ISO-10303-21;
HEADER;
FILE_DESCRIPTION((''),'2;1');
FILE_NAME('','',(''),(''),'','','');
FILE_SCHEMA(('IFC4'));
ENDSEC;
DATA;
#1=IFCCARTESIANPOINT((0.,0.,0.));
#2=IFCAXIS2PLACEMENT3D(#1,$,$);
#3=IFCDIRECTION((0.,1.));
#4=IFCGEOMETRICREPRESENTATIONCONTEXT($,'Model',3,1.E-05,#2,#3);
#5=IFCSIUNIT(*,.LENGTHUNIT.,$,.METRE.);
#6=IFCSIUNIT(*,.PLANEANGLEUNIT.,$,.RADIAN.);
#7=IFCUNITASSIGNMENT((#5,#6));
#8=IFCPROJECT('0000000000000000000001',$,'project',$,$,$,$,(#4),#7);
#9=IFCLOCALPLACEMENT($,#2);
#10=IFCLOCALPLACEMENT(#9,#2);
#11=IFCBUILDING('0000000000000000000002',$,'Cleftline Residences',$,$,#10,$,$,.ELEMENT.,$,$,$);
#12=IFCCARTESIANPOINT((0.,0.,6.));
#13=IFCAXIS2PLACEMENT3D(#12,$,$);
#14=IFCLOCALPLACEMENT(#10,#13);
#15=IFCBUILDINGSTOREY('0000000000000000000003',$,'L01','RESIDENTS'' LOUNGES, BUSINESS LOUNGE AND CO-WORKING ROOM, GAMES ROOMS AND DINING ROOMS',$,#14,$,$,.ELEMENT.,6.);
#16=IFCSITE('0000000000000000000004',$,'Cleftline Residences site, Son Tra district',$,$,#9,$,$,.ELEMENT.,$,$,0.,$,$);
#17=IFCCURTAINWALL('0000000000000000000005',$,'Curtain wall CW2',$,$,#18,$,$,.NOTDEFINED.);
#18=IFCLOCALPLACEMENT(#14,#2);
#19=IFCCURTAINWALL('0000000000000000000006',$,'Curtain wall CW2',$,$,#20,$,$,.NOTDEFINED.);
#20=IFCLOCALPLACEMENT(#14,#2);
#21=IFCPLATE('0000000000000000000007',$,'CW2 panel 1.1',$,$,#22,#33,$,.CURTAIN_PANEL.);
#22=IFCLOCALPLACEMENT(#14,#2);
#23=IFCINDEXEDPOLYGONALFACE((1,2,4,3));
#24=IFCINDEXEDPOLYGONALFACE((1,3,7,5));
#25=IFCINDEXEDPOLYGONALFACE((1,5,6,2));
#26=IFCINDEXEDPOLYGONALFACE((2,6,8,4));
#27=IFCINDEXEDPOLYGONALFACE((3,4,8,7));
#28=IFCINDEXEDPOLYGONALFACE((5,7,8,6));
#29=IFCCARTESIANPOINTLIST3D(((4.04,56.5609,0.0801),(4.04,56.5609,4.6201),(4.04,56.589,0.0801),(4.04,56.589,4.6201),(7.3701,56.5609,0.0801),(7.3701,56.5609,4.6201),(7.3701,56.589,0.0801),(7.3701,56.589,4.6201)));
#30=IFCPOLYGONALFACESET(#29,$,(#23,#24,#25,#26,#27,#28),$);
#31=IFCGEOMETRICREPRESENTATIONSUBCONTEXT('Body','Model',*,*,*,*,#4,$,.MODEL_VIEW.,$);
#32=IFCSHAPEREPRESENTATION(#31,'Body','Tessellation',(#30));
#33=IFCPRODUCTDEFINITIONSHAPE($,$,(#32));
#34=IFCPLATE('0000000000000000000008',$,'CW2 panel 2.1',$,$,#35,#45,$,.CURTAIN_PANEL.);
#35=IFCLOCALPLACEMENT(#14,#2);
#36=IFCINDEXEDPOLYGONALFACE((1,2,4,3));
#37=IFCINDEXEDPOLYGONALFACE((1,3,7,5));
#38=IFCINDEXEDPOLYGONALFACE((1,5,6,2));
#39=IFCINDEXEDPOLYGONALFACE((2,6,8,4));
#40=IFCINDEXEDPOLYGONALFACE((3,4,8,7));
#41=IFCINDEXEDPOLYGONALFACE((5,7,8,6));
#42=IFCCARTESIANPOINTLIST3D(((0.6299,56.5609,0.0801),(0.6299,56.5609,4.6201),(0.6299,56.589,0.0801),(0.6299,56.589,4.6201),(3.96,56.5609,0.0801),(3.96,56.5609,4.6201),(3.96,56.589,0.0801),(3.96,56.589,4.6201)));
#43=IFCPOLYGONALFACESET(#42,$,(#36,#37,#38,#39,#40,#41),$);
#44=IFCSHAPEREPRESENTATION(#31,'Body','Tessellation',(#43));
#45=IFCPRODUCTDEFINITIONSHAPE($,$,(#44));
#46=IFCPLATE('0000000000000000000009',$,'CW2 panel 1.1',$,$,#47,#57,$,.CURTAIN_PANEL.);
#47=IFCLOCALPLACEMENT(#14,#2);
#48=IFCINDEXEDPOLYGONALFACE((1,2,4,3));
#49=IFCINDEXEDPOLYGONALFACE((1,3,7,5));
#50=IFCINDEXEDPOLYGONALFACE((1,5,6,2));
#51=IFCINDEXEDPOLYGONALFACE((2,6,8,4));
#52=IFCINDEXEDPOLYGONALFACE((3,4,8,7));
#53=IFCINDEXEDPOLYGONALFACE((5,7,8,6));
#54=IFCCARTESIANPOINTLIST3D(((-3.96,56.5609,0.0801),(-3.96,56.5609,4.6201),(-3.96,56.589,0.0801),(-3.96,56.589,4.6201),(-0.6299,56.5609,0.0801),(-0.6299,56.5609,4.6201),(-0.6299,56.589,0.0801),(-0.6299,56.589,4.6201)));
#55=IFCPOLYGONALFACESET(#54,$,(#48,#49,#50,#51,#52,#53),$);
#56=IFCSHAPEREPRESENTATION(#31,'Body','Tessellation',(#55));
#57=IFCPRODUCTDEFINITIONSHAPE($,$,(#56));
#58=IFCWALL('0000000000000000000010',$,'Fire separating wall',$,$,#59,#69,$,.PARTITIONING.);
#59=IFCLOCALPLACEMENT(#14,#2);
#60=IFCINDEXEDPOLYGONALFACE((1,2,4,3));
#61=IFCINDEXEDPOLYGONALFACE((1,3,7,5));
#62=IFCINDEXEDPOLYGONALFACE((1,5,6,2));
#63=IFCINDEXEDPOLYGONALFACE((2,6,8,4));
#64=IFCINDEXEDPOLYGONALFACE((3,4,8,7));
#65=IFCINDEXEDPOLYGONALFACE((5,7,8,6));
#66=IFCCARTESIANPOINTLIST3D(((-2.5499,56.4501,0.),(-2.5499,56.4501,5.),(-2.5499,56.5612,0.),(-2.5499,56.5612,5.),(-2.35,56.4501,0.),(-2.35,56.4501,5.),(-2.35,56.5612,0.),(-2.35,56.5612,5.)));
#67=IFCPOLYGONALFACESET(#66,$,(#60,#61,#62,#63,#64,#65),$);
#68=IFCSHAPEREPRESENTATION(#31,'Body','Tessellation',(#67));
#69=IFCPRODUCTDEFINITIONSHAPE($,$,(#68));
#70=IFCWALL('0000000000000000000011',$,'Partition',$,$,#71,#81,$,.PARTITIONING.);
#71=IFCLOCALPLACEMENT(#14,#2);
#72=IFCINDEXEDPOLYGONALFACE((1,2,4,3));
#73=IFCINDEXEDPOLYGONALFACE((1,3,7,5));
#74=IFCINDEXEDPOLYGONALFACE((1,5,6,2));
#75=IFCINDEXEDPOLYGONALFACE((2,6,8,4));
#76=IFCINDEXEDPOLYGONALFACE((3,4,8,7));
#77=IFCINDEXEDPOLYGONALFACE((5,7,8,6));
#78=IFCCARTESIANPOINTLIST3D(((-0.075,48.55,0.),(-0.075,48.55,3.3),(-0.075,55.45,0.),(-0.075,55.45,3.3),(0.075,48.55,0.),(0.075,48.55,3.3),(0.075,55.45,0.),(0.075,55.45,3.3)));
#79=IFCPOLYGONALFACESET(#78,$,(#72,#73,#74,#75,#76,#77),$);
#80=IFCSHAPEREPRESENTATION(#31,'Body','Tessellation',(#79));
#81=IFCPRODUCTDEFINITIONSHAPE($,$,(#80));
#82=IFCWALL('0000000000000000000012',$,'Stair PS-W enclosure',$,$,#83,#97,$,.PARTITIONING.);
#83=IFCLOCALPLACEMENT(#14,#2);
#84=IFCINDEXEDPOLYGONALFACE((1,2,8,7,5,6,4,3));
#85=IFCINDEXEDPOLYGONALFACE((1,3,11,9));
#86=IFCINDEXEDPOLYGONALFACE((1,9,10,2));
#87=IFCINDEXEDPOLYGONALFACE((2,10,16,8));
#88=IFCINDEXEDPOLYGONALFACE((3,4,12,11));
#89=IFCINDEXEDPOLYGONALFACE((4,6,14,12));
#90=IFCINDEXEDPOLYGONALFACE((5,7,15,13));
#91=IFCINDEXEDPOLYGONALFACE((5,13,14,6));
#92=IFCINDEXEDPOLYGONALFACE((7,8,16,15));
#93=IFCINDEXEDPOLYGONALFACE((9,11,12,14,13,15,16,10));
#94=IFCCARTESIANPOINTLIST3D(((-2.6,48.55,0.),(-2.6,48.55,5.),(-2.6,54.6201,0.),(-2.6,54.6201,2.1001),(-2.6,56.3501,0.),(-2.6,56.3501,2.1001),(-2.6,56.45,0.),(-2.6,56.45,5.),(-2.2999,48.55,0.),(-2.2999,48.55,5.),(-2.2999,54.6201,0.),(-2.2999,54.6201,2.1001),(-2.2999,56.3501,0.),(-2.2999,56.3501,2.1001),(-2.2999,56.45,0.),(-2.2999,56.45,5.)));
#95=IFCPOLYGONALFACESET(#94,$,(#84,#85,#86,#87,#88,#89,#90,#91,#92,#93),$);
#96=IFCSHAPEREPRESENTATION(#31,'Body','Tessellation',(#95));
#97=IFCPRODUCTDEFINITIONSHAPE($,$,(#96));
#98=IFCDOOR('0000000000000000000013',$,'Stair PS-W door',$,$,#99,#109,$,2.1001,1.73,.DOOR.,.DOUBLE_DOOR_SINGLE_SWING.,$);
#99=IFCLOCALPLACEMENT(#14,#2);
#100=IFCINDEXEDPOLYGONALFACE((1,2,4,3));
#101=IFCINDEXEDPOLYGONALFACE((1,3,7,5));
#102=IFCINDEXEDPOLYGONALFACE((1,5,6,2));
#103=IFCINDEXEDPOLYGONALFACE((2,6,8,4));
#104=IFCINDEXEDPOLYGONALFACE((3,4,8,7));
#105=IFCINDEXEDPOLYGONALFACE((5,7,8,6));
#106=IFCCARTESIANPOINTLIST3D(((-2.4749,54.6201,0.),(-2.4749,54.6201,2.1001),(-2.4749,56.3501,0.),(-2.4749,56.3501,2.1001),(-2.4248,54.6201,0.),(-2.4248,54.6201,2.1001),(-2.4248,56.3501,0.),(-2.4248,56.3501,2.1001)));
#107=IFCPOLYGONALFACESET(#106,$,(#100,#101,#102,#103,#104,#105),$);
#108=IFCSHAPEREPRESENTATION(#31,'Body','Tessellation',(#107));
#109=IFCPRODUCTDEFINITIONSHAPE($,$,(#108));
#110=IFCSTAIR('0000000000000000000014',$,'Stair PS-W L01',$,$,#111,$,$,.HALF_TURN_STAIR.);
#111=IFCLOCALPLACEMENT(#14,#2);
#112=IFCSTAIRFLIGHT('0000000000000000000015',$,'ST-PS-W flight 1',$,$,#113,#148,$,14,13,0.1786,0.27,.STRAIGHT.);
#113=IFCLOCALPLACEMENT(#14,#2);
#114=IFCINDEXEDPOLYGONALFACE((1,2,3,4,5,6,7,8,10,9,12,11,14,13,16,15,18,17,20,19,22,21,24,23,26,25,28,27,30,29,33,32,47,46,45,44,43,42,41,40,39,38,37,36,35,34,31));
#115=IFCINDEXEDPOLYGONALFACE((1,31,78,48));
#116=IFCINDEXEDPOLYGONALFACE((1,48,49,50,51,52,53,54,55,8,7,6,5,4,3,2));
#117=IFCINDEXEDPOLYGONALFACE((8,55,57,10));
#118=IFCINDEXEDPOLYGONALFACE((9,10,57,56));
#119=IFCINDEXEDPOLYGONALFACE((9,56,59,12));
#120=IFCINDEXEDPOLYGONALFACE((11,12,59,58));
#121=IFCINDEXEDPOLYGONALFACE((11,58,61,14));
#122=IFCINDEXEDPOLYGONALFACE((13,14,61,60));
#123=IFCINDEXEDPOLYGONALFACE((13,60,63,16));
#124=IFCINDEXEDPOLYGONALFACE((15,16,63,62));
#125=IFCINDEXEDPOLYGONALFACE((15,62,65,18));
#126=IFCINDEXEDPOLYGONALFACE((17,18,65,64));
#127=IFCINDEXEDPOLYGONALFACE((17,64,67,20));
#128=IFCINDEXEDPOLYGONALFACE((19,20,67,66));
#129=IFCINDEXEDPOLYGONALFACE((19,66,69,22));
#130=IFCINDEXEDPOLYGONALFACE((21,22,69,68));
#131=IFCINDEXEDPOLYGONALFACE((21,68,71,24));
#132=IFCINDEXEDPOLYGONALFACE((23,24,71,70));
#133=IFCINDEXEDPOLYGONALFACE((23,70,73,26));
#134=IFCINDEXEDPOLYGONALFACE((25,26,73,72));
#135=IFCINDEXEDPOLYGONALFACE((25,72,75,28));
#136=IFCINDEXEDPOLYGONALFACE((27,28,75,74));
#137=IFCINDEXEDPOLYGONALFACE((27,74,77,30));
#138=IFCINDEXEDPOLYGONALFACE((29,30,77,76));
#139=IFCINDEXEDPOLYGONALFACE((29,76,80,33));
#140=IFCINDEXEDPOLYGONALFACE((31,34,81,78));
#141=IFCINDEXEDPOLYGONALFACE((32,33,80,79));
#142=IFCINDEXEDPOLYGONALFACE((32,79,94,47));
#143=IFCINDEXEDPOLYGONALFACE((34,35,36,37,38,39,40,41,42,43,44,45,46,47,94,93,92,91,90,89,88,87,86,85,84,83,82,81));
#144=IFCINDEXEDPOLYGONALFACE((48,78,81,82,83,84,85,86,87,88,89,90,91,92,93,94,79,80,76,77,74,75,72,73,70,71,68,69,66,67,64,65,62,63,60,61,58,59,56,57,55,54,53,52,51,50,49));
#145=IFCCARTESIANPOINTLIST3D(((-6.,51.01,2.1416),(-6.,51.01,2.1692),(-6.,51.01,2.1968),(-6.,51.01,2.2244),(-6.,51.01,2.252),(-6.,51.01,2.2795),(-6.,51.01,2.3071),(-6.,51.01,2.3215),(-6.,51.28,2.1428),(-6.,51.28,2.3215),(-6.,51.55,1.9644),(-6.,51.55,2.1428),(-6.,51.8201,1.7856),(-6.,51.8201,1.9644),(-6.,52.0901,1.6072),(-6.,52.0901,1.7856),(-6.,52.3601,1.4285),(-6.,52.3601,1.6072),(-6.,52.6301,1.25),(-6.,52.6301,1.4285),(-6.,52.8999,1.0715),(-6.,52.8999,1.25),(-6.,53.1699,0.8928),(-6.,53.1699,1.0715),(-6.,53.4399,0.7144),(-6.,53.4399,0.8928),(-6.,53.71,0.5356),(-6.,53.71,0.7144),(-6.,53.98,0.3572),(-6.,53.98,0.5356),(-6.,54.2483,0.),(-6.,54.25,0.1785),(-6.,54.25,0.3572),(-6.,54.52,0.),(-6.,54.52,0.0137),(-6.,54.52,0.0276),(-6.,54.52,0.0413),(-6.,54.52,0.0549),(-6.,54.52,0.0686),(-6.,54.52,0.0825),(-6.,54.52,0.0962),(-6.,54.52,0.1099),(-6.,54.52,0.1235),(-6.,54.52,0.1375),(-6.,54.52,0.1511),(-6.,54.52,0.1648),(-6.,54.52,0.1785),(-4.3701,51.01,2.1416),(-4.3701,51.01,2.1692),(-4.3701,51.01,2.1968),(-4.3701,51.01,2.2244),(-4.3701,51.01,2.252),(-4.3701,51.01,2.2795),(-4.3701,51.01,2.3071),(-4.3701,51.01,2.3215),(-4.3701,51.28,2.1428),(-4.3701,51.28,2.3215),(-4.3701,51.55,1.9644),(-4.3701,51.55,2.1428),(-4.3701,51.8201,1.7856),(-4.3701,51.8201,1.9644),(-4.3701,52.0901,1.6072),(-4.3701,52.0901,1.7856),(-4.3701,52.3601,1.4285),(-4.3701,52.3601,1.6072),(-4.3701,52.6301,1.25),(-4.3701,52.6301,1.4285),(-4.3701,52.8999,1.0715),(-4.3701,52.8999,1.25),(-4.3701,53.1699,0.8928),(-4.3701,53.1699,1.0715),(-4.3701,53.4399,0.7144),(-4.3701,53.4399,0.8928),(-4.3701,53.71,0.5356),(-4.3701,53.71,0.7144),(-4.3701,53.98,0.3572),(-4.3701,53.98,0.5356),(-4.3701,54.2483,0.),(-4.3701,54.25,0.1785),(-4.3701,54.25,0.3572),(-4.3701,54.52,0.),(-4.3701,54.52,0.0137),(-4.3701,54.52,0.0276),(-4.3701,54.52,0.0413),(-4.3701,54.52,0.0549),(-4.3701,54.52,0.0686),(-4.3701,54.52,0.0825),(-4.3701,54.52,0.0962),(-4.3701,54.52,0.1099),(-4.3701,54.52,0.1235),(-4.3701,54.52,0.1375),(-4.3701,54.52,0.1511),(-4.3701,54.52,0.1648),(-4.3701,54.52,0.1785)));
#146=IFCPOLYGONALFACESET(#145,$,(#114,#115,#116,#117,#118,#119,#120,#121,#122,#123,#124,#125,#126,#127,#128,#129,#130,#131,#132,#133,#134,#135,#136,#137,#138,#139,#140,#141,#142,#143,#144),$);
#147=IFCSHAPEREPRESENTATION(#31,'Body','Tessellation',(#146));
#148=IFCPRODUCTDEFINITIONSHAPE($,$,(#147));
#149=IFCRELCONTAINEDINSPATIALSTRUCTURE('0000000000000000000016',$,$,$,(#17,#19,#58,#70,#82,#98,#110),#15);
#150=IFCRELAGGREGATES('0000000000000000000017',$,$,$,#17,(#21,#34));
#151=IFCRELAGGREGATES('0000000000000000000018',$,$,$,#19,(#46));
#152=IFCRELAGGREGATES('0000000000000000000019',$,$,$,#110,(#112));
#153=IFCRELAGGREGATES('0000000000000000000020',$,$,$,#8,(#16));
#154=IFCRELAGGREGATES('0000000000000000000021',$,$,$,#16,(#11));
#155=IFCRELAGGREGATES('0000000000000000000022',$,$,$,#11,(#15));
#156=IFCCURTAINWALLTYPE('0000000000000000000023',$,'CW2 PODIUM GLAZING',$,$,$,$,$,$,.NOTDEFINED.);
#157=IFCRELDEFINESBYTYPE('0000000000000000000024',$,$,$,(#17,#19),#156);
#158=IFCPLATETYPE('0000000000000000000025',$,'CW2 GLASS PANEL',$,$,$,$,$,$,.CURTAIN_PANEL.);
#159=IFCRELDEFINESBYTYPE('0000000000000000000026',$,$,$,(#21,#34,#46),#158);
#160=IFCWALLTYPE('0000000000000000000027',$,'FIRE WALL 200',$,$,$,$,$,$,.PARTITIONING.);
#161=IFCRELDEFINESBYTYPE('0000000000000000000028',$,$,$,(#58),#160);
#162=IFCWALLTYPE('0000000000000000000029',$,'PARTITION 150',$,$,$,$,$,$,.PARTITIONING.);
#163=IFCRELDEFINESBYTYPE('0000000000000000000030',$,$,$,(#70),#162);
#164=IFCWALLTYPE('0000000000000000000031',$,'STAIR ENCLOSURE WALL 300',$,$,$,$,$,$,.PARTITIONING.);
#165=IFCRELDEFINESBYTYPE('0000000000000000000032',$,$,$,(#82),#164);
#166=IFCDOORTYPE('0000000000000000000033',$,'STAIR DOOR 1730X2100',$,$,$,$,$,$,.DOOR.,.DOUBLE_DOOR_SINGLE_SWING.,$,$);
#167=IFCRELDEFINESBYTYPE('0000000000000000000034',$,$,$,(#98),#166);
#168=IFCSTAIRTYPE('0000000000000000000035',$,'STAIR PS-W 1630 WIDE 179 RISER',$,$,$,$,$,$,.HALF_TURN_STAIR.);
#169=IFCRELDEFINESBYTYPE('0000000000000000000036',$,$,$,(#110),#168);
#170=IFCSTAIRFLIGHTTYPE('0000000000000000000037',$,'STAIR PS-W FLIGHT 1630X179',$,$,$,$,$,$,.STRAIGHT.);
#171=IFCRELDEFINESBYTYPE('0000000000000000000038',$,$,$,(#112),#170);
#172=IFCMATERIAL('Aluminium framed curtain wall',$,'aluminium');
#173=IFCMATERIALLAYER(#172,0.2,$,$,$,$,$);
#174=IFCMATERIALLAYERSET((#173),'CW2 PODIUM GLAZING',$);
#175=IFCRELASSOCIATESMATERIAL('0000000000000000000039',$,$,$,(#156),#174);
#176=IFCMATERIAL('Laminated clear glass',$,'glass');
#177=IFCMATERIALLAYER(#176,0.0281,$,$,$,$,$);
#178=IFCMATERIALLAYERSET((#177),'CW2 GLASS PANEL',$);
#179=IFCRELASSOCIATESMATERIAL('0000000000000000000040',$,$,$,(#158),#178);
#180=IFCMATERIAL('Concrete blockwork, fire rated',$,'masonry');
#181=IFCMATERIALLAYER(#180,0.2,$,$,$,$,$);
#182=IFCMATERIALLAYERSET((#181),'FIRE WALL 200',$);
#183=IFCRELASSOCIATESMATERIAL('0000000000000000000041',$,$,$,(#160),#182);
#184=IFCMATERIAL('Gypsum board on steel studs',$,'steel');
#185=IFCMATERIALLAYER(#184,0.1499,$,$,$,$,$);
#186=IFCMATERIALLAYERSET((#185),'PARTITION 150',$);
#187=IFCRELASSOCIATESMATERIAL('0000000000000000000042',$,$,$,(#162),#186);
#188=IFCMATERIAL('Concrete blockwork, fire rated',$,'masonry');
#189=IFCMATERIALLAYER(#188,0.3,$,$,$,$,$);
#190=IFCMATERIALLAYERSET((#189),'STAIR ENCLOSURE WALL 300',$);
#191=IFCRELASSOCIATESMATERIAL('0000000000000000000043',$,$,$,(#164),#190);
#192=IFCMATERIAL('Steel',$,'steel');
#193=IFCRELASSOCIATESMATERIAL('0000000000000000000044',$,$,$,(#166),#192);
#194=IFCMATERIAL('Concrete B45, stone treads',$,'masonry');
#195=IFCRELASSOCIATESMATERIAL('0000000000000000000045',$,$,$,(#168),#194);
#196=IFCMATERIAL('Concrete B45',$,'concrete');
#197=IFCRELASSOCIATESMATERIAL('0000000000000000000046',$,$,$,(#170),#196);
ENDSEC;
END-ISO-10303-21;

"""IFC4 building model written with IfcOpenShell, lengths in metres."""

from ifc_helpers import new_model, si_unit, direction, frame, frame_2d, origin, origin_2d, place, context, subcontext, project, spatial, polyline, rectangle, outline, extrude, material, layer, layer_set, type_object, element, fill, aggregate, save


model = new_model("IFC4")

# Units and contexts
model_context = context("Model", 3, precision=1e-05, world=origin(), true_north=direction((0.0, 1.0)))
body_context = subcontext(model_context, "Body", "Model", "MODEL_VIEW")
ifc_project = project(units=[si_unit("LENGTHUNIT", "METRE"), si_unit("PLANEANGLEUNIT", "RADIAN")], contexts=[model_context])

# Site, building, storey
site_placement = place(None, origin())
site = spatial("IfcSite", under=ifc_project, at=site_placement, Name="Cleftline Residences site, Son Tra district", CompositionType="ELEMENT", RefElevation=0.0)
building_placement = place(site_placement, origin())
building = spatial("IfcBuilding", under=site, at=building_placement, Name="Cleftline Residences", CompositionType="ELEMENT")
storey_placement = place(building_placement, frame((0.0, 0.0, 6.0)))
storey = spatial("IfcBuildingStorey", under=building, at=storey_placement, Name="L01", Description="RESIDENTS' LOUNGES, BUSINESS LOUNGE AND CO-WORKING ROOM, GAMES ROOMS AND DINING ROOMS", CompositionType="ELEMENT", Elevation=6.0)

# Curtain walls
ifc_material_1 = material(Name="Aluminium framed curtain wall", Category="aluminium")
ifc_layer_1 = layer(ifc_material_1, 0.2)
ifc_layer_set_1 = layer_set([ifc_layer_1], Name="CW2 PODIUM GLAZING")
curtain_wall_type = type_object("IfcCurtainWallType", Name="CW2 PODIUM GLAZING", PredefinedType="NOTDEFINED", material=ifc_layer_set_1)
curtain_wall_1_placement = place(storey_placement, origin())
curtain_wall_1 = element("IfcCurtainWall", 1, at=curtain_wall_1_placement, inside=storey, type_object=curtain_wall_type, Name="Curtain wall CW2", PredefinedType="NOTDEFINED")
curtain_wall_2_placement = place(storey_placement, origin())
curtain_wall_2 = element("IfcCurtainWall", 2, at=curtain_wall_2_placement, inside=storey, type_object=curtain_wall_type, Name="Curtain wall CW2", PredefinedType="NOTDEFINED")

# Plates
ifc_material_2 = material(Name="Laminated clear glass", Category="glass")
ifc_layer_2 = layer(ifc_material_2, 0.0281)
ifc_layer_set_2 = layer_set([ifc_layer_2], Name="CW2 GLASS PANEL")
plate_type = type_object("IfcPlateType", Name="CW2 GLASS PANEL", PredefinedType="CURTAIN_PANEL", material=ifc_layer_set_2)
plate_1_placement = place(storey_placement, frame((5.7051, 56.575, 0.0801), z_axis=(0.0, 0.0, 1.0), x_axis=(-1.0, 0.0, 0.0)))
plate_1 = element("IfcPlate", 3, at=plate_1_placement, type_object=plate_type, Name="CW2 panel 1.1", PredefinedType="CURTAIN_PANEL", context=body_context, shape_type="SweptSolid", body=[
    extrude(rectangle(XDim=3.3301, YDim=0.0281, at=origin_2d()), origin(), (0.0, 0.0, 1.0), 4.54),
])
plate_2_placement = place(storey_placement, frame((2.2949, 56.575, 0.0801), z_axis=(0.0, 0.0, 1.0), x_axis=(-1.0, 0.0, 0.0)))
plate_2 = element("IfcPlate", 4, at=plate_2_placement, type_object=plate_type, Name="CW2 panel 2.1", PredefinedType="CURTAIN_PANEL", context=body_context, shape_type="SweptSolid", body=[
    extrude(rectangle(XDim=3.3301, YDim=0.0281, at=origin_2d()), origin(), (0.0, 0.0, 1.0), 4.54),
])
aggregate(curtain_wall_1, [plate_1, plate_2])
plate_3_placement = place(storey_placement, frame((-2.2949, 56.575, 0.0801), z_axis=(0.0, 0.0, 1.0), x_axis=(-1.0, 0.0, 0.0)))
plate_3 = element("IfcPlate", 5, at=plate_3_placement, type_object=plate_type, Name="CW2 panel 1.1", PredefinedType="CURTAIN_PANEL", context=body_context, shape_type="SweptSolid", body=[
    extrude(rectangle(XDim=3.3301, YDim=0.0281, at=origin_2d()), origin(), (0.0, 0.0, 1.0), 4.54),
])
aggregate(curtain_wall_2, [plate_3])

# Walls
ifc_material_3 = material(Name="Concrete blockwork, fire rated", Category="masonry")
ifc_layer_3 = layer(ifc_material_3, 0.2)
ifc_layer_set_3 = layer_set([ifc_layer_3], Name="FIRE WALL 200")
wall_type_1 = type_object("IfcWallType", Name="FIRE WALL 200", PredefinedType="PARTITIONING", material=ifc_layer_set_3)
wall_1_placement = place(storey_placement, frame((-2.45, 56.45, 0.0), z_axis=(0.0, 0.0, 1.0), x_axis=(0.0, 1.0, 0.0)))
element("IfcWall", 6, at=wall_1_placement, inside=storey, type_object=wall_type_1, Name="Fire separating wall", PredefinedType="PARTITIONING", context=body_context, shape_type="SweptSolid", body=[
    extrude(rectangle(XDim=0.1111, YDim=0.2, at=frame_2d((0.0557, 0.0))), origin(), (0.0, 0.0, 1.0), 5.0),
])
ifc_material_4 = material(Name="Gypsum board on steel studs", Category="steel")
ifc_layer_4 = layer(ifc_material_4, 0.1499)
ifc_layer_set_4 = layer_set([ifc_layer_4], Name="PARTITION 150")
wall_type_2 = type_object("IfcWallType", Name="PARTITION 150", PredefinedType="PARTITIONING", material=ifc_layer_set_4)
wall_2_placement = place(storey_placement, frame((0.0, 48.55, 0.0), z_axis=(0.0, 0.0, 1.0), x_axis=(0.0, 1.0, 0.0)))
element("IfcWall", 7, at=wall_2_placement, inside=storey, type_object=wall_type_2, Name="Partition", PredefinedType="PARTITIONING", context=body_context, shape_type="SweptSolid", body=[
    extrude(rectangle(XDim=6.8999, YDim=0.1499, at=frame_2d((3.45, 0.0))), origin(), (0.0, 0.0, 1.0), 3.3),
])

# Wall, opening, door
ifc_material_5 = material(Name="Concrete blockwork, fire rated", Category="masonry")
ifc_layer_5 = layer(ifc_material_5, 0.3)
ifc_layer_set_5 = layer_set([ifc_layer_5], Name="STAIR ENCLOSURE WALL 300")
wall_type_3 = type_object("IfcWallType", Name="STAIR ENCLOSURE WALL 300", PredefinedType="PARTITIONING", material=ifc_layer_set_5)
wall_3_placement = place(storey_placement, frame((-2.45, 48.55, 0.0), z_axis=(0.0, 0.0, 1.0), x_axis=(0.0, 1.0, 0.0)))
wall_3 = element("IfcWall", 8, at=wall_3_placement, inside=storey, type_object=wall_type_3, Name="Stair PS-W enclosure", PredefinedType="PARTITIONING", context=body_context, shape_type="SweptSolid", body=[
    extrude(rectangle(XDim=7.8999, YDim=0.3, at=frame_2d((3.95, 0.0))), origin(), (0.0, 0.0, 1.0), 5.0),
])
opening_placement = place(wall_3_placement, frame((6.0701, 0.0, 0.0)))
opening = element("IfcOpeningElement", 9, at=opening_placement, cuts=wall_3, PredefinedType="OPENING", context=body_context, shape_type="SweptSolid", body=[
    extrude(rectangle(XDim=1.73, YDim=2.1001, at=frame_2d((0.865, 1.05))), frame((0.0, 0.1599, 0.0), z_axis=(0.0, -1.0, 0.0), x_axis=(1.0, 0.0, 0.0)), (0.0, 0.0, 1.0), 0.3201),
])
ifc_material_6 = material(Name="Steel", Category="steel")
door_type = type_object("IfcDoorType", Name="STAIR DOOR 1730X2100", OperationType="DOUBLE_DOOR_SINGLE_SWING", PredefinedType="DOOR", material=ifc_material_6)
door_placement = place(opening_placement, origin())
door = element("IfcDoor", 10, at=door_placement, inside=storey, type_object=door_type, Name="Stair PS-W door", OperationType="DOUBLE_DOOR_SINGLE_SWING", OverallHeight=2.1001, OverallWidth=1.73, PredefinedType="DOOR", context=body_context, shape_type="SweptSolid", body=[
    extrude(rectangle(XDim=1.73, YDim=2.1001, at=frame_2d((0.865, 1.05))), frame((0.0, 0.0249, 0.0), z_axis=(0.0, -1.0, 0.0), x_axis=(1.0, 0.0, 0.0)), (0.0, 0.0, 1.0), 0.05),
])
fill(opening, door)

# Stair, stair flight
ifc_material_7 = material(Name="Concrete B45, stone treads", Category="masonry")
stair_type = type_object("IfcStairType", Name="STAIR PS-W 1630 WIDE 179 RISER", PredefinedType="HALF_TURN_STAIR", material=ifc_material_7)
stair_placement = place(storey_placement, origin())
stair = element("IfcStair", 11, at=stair_placement, inside=storey, type_object=stair_type, Name="Stair PS-W L01", PredefinedType="HALF_TURN_STAIR")
ifc_material_8 = material(Name="Concrete B45", Category="concrete")
stair_flight_type = type_object("IfcStairFlightType", Name="STAIR PS-W FLIGHT 1630X179", PredefinedType="STRAIGHT", material=ifc_material_8)
stair_flight_1_placement = place(storey_placement, frame((-5.1851, 54.52, 0.0), z_axis=(0.0, 0.0, 1.0), x_axis=(0.0, -1.0, 0.0)))
stair_flight_1 = element("IfcStairFlight", 12, at=stair_flight_1_placement, type_object=stair_flight_type, Name="ST-PS-W flight 1", NumberOfRisers=14, NumberOfTreads=13, PredefinedType="STRAIGHT", RiserHeight=0.1786, TreadLength=0.27, context=body_context, shape_type="SweptSolid", body=[
    extrude(outline(polyline([(0.0, 0.0), (0.0, 0.0137), (0.0, 0.0276), (0.0, 0.0413), (0.0, 0.0549), (0.0, 0.0686), (0.0, 0.0825), (0.0, 0.0962), (0.0, 0.1099), (0.0, 0.1235), (0.0, 0.1375), (0.0, 0.1511), (0.0, 0.1648), (0.0, 0.1785), (0.27, 0.1785), (0.27, 0.3572), (0.54, 0.3572), (0.54, 0.5356), (0.8101, 0.5356), (0.8101, 0.7144), (1.0801, 0.7144), (1.0801, 0.8928), (1.3501, 0.8928), (1.3501, 1.0715), (1.6201, 1.0715), (1.6201, 1.25), (1.8899, 1.25), (1.8899, 1.4285), (2.1599, 1.4285), (2.1599, 1.6072), (2.4299, 1.6072), (2.4299, 1.7856), (2.7, 1.7856), (2.7, 1.9644), (2.97, 1.9644), (2.97, 2.1428), (3.24, 2.1428), (3.24, 2.3215), (3.51, 2.3215), (3.51, 2.5), (3.51, 2.4724), (3.51, 2.4448), (3.51, 2.4172), (3.51, 2.3896), (3.51, 2.3623), (3.51, 2.3347), (3.51, 2.3071), (3.51, 2.2795), (3.51, 2.252), (3.51, 2.2244), (3.51, 2.1968), (3.51, 2.1692), (3.51, 2.1416), (0.2717, 0.0), (0.0, 0.0)])), frame((0.0, 0.8149, 0.0), z_axis=(0.0, -1.0, 0.0), x_axis=(1.0, 0.0, 0.0)), (0.0, 0.0, 1.0), 1.6299),
])
aggregate(stair, [stair_flight_1])

save(model, "model.ifc")
